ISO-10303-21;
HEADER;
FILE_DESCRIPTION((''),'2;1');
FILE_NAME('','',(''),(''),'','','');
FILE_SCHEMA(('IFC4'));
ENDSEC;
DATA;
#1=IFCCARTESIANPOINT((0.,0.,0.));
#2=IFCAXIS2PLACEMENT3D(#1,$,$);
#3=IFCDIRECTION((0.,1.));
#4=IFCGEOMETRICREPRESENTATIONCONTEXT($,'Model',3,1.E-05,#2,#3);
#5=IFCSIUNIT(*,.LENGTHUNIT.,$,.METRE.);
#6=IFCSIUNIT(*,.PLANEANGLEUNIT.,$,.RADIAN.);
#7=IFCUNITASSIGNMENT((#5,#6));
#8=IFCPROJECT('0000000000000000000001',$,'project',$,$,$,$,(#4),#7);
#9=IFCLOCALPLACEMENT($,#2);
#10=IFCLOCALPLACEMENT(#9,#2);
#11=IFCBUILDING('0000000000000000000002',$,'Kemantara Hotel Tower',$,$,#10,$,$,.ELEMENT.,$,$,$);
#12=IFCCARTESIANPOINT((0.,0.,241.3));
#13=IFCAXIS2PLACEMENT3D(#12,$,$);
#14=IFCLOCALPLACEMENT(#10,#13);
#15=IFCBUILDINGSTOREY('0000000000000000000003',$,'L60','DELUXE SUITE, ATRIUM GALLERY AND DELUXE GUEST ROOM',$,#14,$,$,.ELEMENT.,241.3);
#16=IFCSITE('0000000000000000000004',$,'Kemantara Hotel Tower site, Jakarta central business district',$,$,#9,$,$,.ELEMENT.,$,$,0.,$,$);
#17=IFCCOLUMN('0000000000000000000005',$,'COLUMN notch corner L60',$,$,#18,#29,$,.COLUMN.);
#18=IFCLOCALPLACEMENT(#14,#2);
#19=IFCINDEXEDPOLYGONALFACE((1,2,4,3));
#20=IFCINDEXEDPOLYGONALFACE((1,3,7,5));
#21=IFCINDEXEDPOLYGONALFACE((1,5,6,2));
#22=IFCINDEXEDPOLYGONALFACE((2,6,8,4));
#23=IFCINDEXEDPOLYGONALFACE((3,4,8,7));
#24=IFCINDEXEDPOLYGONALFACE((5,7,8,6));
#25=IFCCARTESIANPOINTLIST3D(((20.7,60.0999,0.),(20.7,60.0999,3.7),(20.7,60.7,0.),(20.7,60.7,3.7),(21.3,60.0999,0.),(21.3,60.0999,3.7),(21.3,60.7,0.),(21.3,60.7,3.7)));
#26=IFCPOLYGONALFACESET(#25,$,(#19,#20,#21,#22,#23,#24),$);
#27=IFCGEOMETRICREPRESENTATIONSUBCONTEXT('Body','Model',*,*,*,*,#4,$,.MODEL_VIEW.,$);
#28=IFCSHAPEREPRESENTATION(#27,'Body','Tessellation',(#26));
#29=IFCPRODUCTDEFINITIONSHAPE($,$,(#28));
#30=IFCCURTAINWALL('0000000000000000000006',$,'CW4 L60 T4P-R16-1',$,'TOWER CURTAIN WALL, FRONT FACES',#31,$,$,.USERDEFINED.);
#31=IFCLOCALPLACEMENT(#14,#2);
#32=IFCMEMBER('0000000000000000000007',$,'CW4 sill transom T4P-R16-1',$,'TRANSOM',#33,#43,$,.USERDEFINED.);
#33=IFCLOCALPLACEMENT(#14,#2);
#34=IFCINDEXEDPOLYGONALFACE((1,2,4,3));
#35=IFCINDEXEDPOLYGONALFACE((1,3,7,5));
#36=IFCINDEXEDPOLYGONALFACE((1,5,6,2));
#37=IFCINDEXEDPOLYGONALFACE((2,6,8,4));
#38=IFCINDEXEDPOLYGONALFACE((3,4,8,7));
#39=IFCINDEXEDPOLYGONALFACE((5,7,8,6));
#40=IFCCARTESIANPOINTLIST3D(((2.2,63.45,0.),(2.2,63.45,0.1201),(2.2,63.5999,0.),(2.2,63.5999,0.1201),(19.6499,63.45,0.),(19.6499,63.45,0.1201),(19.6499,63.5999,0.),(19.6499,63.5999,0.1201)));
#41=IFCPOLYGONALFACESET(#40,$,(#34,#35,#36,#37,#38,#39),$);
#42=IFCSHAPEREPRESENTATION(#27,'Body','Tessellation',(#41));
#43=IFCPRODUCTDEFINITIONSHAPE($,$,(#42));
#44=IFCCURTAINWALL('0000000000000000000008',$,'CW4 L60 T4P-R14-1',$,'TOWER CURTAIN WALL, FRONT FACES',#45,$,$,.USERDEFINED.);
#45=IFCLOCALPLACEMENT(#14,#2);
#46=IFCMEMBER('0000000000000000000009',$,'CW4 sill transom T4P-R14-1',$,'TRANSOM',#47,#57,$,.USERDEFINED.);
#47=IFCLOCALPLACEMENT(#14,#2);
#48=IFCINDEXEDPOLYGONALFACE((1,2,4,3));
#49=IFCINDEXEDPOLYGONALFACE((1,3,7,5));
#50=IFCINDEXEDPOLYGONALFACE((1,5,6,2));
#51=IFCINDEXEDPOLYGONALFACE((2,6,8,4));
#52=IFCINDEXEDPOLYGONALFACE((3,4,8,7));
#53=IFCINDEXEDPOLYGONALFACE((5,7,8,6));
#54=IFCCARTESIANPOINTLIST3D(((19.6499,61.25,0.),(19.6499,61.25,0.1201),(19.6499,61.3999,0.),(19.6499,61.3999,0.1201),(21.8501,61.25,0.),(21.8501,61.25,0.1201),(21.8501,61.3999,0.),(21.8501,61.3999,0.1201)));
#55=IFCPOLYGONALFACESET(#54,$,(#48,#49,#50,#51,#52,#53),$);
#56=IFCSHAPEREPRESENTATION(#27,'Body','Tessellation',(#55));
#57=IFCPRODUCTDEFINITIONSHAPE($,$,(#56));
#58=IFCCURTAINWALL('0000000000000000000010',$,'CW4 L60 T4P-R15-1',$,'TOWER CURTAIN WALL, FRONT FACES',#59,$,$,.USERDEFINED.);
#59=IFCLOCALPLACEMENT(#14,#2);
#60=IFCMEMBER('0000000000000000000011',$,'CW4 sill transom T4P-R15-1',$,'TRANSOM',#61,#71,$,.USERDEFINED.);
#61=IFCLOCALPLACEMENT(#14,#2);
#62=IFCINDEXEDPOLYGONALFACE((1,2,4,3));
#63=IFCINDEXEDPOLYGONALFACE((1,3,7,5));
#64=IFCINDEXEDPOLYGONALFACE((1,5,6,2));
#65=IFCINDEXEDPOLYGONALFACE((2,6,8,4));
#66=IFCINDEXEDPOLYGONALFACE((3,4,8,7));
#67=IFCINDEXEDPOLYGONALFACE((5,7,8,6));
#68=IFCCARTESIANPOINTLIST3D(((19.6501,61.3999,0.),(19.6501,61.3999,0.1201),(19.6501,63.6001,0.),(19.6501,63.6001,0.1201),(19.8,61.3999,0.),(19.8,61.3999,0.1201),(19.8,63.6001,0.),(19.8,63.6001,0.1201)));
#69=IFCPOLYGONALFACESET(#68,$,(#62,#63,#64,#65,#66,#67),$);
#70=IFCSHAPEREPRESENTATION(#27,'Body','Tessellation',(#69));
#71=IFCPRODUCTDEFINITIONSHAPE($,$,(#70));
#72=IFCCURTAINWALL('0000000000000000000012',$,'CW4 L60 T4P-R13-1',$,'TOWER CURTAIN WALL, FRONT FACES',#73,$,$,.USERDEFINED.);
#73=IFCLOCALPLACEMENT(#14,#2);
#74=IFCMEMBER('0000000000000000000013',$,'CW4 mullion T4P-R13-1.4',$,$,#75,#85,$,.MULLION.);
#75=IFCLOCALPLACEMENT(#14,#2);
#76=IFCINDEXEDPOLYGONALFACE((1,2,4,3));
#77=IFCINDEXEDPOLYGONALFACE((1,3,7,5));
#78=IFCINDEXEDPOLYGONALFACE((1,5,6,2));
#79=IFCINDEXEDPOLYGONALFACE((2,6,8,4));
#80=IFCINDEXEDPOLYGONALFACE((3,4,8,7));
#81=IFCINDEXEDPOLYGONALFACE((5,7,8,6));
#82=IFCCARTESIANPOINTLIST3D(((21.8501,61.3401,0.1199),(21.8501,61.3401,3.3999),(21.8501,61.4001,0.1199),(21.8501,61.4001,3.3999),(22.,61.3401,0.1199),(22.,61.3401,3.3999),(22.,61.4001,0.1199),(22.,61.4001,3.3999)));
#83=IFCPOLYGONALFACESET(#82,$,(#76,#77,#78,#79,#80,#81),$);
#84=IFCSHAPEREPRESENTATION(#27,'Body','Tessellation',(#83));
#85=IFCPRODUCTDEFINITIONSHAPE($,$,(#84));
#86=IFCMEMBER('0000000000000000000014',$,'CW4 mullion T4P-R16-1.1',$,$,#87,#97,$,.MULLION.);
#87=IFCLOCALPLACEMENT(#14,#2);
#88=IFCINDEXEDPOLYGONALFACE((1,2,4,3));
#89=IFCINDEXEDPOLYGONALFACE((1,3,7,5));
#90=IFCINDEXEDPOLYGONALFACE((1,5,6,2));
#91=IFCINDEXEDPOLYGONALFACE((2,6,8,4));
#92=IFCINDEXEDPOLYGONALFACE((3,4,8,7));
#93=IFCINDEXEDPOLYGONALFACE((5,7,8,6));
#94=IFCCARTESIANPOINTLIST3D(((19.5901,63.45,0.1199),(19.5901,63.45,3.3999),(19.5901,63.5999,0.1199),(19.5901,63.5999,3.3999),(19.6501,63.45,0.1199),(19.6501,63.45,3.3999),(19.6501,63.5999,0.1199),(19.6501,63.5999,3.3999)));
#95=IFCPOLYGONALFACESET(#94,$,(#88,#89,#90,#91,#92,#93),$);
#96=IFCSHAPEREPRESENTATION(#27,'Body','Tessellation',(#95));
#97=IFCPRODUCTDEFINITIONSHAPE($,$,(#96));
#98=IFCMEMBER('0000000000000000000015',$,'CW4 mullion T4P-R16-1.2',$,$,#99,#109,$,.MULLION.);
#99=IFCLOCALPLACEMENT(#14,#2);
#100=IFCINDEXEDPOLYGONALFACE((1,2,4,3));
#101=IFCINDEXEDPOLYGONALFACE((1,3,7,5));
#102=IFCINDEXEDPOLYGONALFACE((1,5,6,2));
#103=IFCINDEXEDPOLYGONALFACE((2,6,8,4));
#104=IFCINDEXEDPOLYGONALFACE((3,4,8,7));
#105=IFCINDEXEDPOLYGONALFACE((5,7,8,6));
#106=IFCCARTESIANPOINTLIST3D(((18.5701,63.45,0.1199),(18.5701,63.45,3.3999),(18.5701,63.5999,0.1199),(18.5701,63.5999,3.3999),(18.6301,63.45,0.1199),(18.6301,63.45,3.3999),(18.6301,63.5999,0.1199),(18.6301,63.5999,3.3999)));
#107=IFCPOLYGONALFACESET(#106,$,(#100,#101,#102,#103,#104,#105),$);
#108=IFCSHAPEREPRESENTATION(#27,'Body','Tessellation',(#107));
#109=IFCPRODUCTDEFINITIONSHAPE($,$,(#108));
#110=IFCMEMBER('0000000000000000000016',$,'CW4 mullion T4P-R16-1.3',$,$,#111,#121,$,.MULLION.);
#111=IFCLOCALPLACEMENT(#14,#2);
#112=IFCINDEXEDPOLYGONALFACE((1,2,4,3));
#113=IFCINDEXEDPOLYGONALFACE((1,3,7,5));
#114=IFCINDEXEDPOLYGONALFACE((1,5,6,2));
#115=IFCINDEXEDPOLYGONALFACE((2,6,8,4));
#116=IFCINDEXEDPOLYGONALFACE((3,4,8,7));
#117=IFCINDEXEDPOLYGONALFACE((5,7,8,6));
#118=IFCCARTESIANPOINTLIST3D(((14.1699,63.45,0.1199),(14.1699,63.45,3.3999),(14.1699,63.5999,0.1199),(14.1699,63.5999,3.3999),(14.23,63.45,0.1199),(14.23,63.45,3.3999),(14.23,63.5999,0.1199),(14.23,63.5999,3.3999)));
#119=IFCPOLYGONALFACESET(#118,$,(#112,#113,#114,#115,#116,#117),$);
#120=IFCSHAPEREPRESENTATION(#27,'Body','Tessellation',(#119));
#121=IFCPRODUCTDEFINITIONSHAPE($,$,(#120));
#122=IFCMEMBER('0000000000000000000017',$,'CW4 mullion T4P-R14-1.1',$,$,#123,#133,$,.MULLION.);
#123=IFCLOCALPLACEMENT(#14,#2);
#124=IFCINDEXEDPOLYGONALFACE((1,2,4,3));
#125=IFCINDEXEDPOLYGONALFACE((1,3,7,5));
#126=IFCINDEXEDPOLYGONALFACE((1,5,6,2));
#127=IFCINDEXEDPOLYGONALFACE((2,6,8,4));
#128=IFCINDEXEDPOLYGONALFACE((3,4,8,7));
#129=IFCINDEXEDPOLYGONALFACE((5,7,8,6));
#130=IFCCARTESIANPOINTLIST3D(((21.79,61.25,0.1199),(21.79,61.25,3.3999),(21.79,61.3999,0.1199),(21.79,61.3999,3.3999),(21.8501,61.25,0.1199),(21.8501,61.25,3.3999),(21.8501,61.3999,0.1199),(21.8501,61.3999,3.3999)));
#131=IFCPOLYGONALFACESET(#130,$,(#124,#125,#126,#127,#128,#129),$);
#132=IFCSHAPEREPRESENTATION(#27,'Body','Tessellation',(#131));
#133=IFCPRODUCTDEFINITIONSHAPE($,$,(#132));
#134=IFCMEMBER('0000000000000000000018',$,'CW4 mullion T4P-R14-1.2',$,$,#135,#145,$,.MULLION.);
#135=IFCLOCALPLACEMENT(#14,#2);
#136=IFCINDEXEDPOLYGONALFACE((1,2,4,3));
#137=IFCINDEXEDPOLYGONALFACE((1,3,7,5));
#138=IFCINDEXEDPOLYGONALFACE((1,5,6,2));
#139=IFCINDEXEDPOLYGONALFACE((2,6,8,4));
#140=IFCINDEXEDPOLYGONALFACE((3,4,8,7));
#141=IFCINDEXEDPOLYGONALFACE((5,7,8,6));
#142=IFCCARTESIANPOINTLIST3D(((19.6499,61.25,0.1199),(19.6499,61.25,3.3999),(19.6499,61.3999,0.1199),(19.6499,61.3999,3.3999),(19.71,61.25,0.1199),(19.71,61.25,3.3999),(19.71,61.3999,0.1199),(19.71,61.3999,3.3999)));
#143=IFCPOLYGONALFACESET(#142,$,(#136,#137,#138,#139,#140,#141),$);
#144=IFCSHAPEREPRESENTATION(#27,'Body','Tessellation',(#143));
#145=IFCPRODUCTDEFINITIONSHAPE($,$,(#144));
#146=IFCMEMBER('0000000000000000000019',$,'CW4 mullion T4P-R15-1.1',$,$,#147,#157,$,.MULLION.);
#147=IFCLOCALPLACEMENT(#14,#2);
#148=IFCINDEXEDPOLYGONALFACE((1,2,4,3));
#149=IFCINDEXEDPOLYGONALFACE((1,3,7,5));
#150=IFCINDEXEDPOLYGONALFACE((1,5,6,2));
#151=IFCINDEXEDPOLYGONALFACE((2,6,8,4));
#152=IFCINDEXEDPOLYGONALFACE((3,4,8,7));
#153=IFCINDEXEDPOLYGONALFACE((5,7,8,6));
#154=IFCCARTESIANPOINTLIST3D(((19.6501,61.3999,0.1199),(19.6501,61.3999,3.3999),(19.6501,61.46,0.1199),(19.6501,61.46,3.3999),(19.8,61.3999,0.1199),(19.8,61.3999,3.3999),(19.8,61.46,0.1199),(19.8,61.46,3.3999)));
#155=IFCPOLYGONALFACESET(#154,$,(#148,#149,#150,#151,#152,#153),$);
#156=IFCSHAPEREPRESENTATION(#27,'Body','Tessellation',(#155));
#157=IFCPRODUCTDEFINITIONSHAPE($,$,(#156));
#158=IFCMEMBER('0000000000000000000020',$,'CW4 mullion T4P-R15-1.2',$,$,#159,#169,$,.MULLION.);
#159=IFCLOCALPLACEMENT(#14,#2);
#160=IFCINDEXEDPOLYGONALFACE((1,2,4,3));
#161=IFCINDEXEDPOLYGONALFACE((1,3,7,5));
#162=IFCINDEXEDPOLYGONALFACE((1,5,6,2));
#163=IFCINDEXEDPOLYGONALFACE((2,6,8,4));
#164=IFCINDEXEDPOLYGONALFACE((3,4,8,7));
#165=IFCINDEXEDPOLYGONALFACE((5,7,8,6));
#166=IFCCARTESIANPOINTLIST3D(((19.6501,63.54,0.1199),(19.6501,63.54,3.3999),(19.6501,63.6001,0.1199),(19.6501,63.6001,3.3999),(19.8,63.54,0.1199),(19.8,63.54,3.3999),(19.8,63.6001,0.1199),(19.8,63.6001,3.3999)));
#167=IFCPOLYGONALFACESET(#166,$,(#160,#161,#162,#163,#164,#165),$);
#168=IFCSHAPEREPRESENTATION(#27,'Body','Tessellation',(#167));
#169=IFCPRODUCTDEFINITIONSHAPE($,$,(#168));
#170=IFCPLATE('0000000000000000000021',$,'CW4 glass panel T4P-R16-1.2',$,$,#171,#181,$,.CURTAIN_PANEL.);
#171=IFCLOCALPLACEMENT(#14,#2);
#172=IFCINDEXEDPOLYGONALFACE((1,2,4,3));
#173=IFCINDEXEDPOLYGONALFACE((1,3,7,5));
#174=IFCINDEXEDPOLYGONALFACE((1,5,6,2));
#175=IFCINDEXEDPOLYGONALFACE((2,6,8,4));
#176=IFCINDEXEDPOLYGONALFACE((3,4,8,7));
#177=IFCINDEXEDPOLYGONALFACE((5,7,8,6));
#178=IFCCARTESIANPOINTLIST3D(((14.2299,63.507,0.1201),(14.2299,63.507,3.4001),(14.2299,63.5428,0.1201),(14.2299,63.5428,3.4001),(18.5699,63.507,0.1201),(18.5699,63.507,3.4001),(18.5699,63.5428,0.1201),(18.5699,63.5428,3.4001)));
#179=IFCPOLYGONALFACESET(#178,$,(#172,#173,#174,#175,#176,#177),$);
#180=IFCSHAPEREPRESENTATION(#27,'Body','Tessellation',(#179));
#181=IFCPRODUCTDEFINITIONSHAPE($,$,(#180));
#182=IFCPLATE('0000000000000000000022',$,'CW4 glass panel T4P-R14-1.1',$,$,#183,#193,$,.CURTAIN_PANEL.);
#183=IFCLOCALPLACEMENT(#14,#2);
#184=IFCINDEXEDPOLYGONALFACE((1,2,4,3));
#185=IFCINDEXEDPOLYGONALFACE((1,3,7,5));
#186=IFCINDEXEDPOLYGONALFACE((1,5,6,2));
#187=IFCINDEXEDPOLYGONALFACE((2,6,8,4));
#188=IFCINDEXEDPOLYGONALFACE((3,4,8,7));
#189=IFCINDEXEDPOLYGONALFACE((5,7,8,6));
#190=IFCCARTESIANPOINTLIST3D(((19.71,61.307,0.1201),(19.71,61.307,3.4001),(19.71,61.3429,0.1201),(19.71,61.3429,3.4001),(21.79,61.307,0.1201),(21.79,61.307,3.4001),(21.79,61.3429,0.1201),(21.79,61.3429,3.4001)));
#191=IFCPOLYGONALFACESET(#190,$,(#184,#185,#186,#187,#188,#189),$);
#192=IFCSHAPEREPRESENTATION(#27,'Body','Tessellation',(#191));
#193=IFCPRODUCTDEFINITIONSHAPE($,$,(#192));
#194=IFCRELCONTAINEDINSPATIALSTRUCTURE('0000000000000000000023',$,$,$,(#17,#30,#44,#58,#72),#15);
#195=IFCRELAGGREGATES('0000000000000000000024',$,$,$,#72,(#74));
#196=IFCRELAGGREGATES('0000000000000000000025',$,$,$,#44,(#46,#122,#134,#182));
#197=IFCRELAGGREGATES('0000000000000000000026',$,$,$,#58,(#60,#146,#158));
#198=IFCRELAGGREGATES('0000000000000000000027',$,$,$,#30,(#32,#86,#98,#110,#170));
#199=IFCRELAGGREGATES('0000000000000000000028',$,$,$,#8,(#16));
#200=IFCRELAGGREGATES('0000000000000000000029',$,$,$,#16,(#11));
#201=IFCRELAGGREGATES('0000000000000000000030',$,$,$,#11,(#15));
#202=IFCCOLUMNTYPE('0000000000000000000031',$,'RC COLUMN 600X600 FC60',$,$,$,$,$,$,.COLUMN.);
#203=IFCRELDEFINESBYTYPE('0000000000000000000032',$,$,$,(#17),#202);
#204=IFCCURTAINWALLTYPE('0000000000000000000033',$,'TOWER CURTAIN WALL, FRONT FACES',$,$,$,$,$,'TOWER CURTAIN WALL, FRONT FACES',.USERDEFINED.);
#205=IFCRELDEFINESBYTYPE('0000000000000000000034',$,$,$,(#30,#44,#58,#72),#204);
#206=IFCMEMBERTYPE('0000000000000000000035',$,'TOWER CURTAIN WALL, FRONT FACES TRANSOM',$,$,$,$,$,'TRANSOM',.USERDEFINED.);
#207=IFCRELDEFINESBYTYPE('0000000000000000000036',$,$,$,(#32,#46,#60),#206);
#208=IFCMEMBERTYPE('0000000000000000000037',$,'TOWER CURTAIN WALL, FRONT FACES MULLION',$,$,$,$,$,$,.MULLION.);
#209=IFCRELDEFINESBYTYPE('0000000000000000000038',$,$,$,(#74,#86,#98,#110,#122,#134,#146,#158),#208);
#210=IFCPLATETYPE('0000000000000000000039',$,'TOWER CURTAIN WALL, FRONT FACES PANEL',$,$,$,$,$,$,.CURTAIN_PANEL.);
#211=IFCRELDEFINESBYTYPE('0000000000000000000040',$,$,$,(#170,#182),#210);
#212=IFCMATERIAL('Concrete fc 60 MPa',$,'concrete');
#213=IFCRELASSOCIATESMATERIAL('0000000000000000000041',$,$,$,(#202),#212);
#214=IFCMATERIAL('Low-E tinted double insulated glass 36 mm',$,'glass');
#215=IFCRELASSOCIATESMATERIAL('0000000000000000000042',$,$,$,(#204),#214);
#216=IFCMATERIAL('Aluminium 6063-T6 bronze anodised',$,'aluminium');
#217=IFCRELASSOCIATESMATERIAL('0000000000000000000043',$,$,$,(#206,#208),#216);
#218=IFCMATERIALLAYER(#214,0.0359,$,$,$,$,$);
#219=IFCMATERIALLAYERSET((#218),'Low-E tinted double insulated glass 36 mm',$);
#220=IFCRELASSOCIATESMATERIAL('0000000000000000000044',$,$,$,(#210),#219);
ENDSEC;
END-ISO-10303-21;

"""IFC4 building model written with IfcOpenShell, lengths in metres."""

from ifc_helpers import new_model, si_unit, direction, frame, origin, origin_2d, place, context, subcontext, project, spatial, rectangle, extrude, source, transform, mapped, material, layer, layer_set, material_profile, profile_set, type_object, element, aggregate, save


model = new_model("IFC4")

# Units and contexts
model_context = context("Model", 3, precision=1e-05, world=origin(), true_north=direction((0.0, 1.0)))
body_context = subcontext(model_context, "Body", "Model", "MODEL_VIEW")
ifc_project = project(units=[si_unit("LENGTHUNIT", "METRE"), si_unit("PLANEANGLEUNIT", "RADIAN")], contexts=[model_context])

# Site, building, storey
site_placement = place(None, origin())
site = spatial("IfcSite", under=ifc_project, at=site_placement, Name="Kemantara Hotel Tower site, Jakarta central business district", CompositionType="ELEMENT", RefElevation=0.0)
building_placement = place(site_placement, origin())
building = spatial("IfcBuilding", under=site, at=building_placement, Name="Kemantara Hotel Tower", CompositionType="ELEMENT")
storey_placement = place(building_placement, frame((0.0, 0.0, 241.3)))
storey = spatial("IfcBuildingStorey", under=building, at=storey_placement, Name="L60", Description="DELUXE SUITE, ATRIUM GALLERY AND DELUXE GUEST ROOM", CompositionType="ELEMENT", Elevation=241.3)

# Column
ifc_material_1 = material(Name="Concrete fc 60 MPa", Category="concrete")
ifc_material_profile_1 = material_profile(ifc_material_1, rectangle(XDim=0.6001, YDim=0.6001, at=origin_2d()), Name="RC 600X600")
ifc_profile_set_1 = profile_set([ifc_material_profile_1], Name="Concrete fc 60 MPa")
column_type = type_object("IfcColumnType", Name="RC COLUMN 600X600 FC60", PredefinedType="COLUMN", material=ifc_profile_set_1)
column_placement = place(storey_placement, frame((21.0, 60.3999, 0.0), z_axis=(0.0, 0.0, 1.0), x_axis=(1.0, 0.0, 0.0)))
element("IfcColumn", 1, at=column_placement, inside=storey, type_object=column_type, Name="COLUMN notch corner L60", PredefinedType="COLUMN", context=body_context, shape_type="SweptSolid", body=[
    extrude(rectangle(XDim=0.6001, YDim=0.6001, at=origin_2d()), origin(), (0.0, 0.0, 1.0), 3.7),
])

# Curtain walls, members
ifc_material_2 = material(Name="Low-E tinted double insulated glass 36 mm", Category="glass")
curtain_wall_type = type_object("IfcCurtainWallType", Name="TOWER CURTAIN WALL, FRONT FACES", ElementType="TOWER CURTAIN WALL, FRONT FACES", PredefinedType="USERDEFINED", material=ifc_material_2)
curtain_wall_1_placement = place(storey_placement, origin())
curtain_wall_1 = element("IfcCurtainWall", 2, at=curtain_wall_1_placement, inside=storey, type_object=curtain_wall_type, Name="CW4 L60 T4P-R16-1", ObjectType="TOWER CURTAIN WALL, FRONT FACES", PredefinedType="USERDEFINED")
ifc_material_3 = material(Name="Aluminium 6063-T6 bronze anodised", Category="aluminium")
ifc_material_profile_2 = material_profile(ifc_material_3, rectangle(XDim=0.1499, YDim=0.1201, at=origin_2d()), Name="TOWER CURTAIN WALL, FRONT FACES TRANSOM")
ifc_profile_set_2 = profile_set([ifc_material_profile_2], Name="Aluminium 6063-T6 bronze anodised")
member_type_1 = type_object("IfcMemberType", Name="TOWER CURTAIN WALL, FRONT FACES TRANSOM", ElementType="TRANSOM", PredefinedType="USERDEFINED", material=ifc_profile_set_2)
member_1_placement = place(storey_placement, frame((19.6499, 63.5249, 0.0601), z_axis=(-1.0, 0.0, 0.0), x_axis=(0.0, -1.0, 0.0)))
member_1 = element("IfcMember", 3, at=member_1_placement, type_object=member_type_1, Name="CW4 sill transom T4P-R16-1", ObjectType="TRANSOM", PredefinedType="USERDEFINED", context=body_context, shape_type="SweptSolid", body=[
    extrude(rectangle(XDim=0.1499, YDim=0.1201, at=origin_2d()), origin(), (0.0, 0.0, 1.0), 17.45),
])
curtain_wall_2_placement = place(storey_placement, origin())
curtain_wall_2 = element("IfcCurtainWall", 4, at=curtain_wall_2_placement, inside=storey, type_object=curtain_wall_type, Name="CW4 L60 T4P-R14-1", ObjectType="TOWER CURTAIN WALL, FRONT FACES", PredefinedType="USERDEFINED")
member_2_placement = place(storey_placement, frame((21.8501, 61.325, 0.0601), z_axis=(-1.0, 0.0, 0.0), x_axis=(0.0, -1.0, 0.0)))
member_2 = element("IfcMember", 5, at=member_2_placement, type_object=member_type_1, Name="CW4 sill transom T4P-R14-1", ObjectType="TRANSOM", PredefinedType="USERDEFINED", context=body_context, shape_type="SweptSolid", body=[
    extrude(rectangle(XDim=0.1499, YDim=0.1201, at=origin_2d()), origin(), (0.0, 0.0, 1.0), 2.2002),
])
curtain_wall_3_placement = place(storey_placement, origin())
curtain_wall_3 = element("IfcCurtainWall", 6, at=curtain_wall_3_placement, inside=storey, type_object=curtain_wall_type, Name="CW4 L60 T4P-R15-1", ObjectType="TOWER CURTAIN WALL, FRONT FACES", PredefinedType="USERDEFINED")
member_3_placement = place(storey_placement, frame((19.7251, 61.3999, 0.0601), z_axis=(0.0, 1.0, 0.0), x_axis=(-1.0, 0.0, 0.0)))
member_3 = element("IfcMember", 7, at=member_3_placement, type_object=member_type_1, Name="CW4 sill transom T4P-R15-1", ObjectType="TRANSOM", PredefinedType="USERDEFINED", context=body_context, shape_type="SweptSolid", body=[
    extrude(rectangle(XDim=0.1499, YDim=0.1201, at=origin_2d()), origin(), (0.0, 0.0, 1.0), 2.2002),
])
curtain_wall_4_placement = place(storey_placement, origin())
curtain_wall_4 = element("IfcCurtainWall", 8, at=curtain_wall_4_placement, inside=storey, type_object=curtain_wall_type, Name="CW4 L60 T4P-R13-1", ObjectType="TOWER CURTAIN WALL, FRONT FACES", PredefinedType="USERDEFINED")
ifc_material_profile_3 = material_profile(ifc_material_3, rectangle(XDim=0.1499, YDim=0.0601, at=origin_2d()), Name="TOWER CURTAIN WALL, FRONT FACES MULLION")
ifc_profile_set_3 = profile_set([ifc_material_profile_3], Name="Aluminium 6063-T6 bronze anodised")
member_type_2 = type_object("IfcMemberType", Name="TOWER CURTAIN WALL, FRONT FACES MULLION", PredefinedType="MULLION", material=ifc_profile_set_3)
shared_shape_1 = source(origin(), body_context, "Body", "SweptSolid", [
    extrude(rectangle(XDim=0.1499, YDim=0.0601, at=origin_2d()), origin(), (0.0, 0.0, 1.0), 3.28),
])
member_4_placement = place(storey_placement, frame((21.925, 61.3701, 0.1199), z_axis=(0.0, 0.0, 1.0), x_axis=(-1.0, 0.0, 0.0)))
member_4 = element("IfcMember", 9, at=member_4_placement, type_object=member_type_2, Name="CW4 mullion T4P-R13-1.4", PredefinedType="MULLION", context=body_context, shape_type="MappedRepresentation", body=[
    mapped(shared_shape_1, transform((0.0, 0.0, 0.0))),
])
aggregate(curtain_wall_4, [member_4])

# Members
member_5_placement = place(storey_placement, frame((19.6201, 63.5249, 0.1199), z_axis=(0.0, 0.0, 1.0), x_axis=(0.0, -1.0, 0.0)))
member_5 = element("IfcMember", 10, at=member_5_placement, type_object=member_type_2, Name="CW4 mullion T4P-R16-1.1", PredefinedType="MULLION", context=body_context, shape_type="MappedRepresentation", body=[
    mapped(shared_shape_1, transform((0.0, 0.0, 0.0))),
])
member_6_placement = place(storey_placement, frame((18.6001, 63.5249, 0.1199), z_axis=(0.0, 0.0, 1.0), x_axis=(0.0, -1.0, 0.0)))
member_6 = element("IfcMember", 11, at=member_6_placement, type_object=member_type_2, Name="CW4 mullion T4P-R16-1.2", PredefinedType="MULLION", context=body_context, shape_type="MappedRepresentation", body=[
    mapped(shared_shape_1, transform((0.0, 0.0, 0.0))),
])
member_7_placement = place(storey_placement, frame((14.2, 63.5249, 0.1199), z_axis=(0.0, 0.0, 1.0), x_axis=(0.0, -1.0, 0.0)))
member_7 = element("IfcMember", 12, at=member_7_placement, type_object=member_type_2, Name="CW4 mullion T4P-R16-1.3", PredefinedType="MULLION", context=body_context, shape_type="MappedRepresentation", body=[
    mapped(shared_shape_1, transform((0.0, 0.0, 0.0))),
])
member_8_placement = place(storey_placement, frame((21.8201, 61.325, 0.1199), z_axis=(0.0, 0.0, 1.0), x_axis=(0.0, -1.0, 0.0)))
member_8 = element("IfcMember", 13, at=member_8_placement, type_object=member_type_2, Name="CW4 mullion T4P-R14-1.1", PredefinedType="MULLION", context=body_context, shape_type="MappedRepresentation", body=[
    mapped(shared_shape_1, transform((0.0, 0.0, 0.0))),
])
member_9_placement = place(storey_placement, frame((19.6799, 61.325, 0.1199), z_axis=(0.0, 0.0, 1.0), x_axis=(0.0, -1.0, 0.0)))
member_9 = element("IfcMember", 14, at=member_9_placement, type_object=member_type_2, Name="CW4 mullion T4P-R14-1.2", PredefinedType="MULLION", context=body_context, shape_type="MappedRepresentation", body=[
    mapped(shared_shape_1, transform((0.0, 0.0, 0.0))),
])
member_10_placement = place(storey_placement, frame((19.7251, 61.4299, 0.1199), z_axis=(0.0, 0.0, 1.0), x_axis=(-1.0, 0.0, 0.0)))
member_10 = element("IfcMember", 15, at=member_10_placement, type_object=member_type_2, Name="CW4 mullion T4P-R15-1.1", PredefinedType="MULLION", context=body_context, shape_type="MappedRepresentation", body=[
    mapped(shared_shape_1, transform((0.0, 0.0, 0.0))),
])
member_11_placement = place(storey_placement, frame((19.7251, 63.5701, 0.1199), z_axis=(0.0, 0.0, 1.0), x_axis=(-1.0, 0.0, 0.0)))
member_11 = element("IfcMember", 16, at=member_11_placement, type_object=member_type_2, Name="CW4 mullion T4P-R15-1.2", PredefinedType="MULLION", context=body_context, shape_type="MappedRepresentation", body=[
    mapped(shared_shape_1, transform((0.0, 0.0, 0.0))),
])

# Plates
ifc_layer_1 = layer(ifc_material_2, 0.0359)
ifc_layer_set_1 = layer_set([ifc_layer_1], Name="Low-E tinted double insulated glass 36 mm")
plate_type = type_object("IfcPlateType", Name="TOWER CURTAIN WALL, FRONT FACES PANEL", PredefinedType="CURTAIN_PANEL", material=ifc_layer_set_1)
shared_shape_2 = source(origin(), body_context, "Body", "SweptSolid", [
    extrude(rectangle(XDim=4.3401, YDim=0.0359, at=origin_2d()), origin(), (0.0, 0.0, 1.0), 3.28),
])
plate_1_placement = place(storey_placement, frame((16.3999, 63.5249, 0.1201), z_axis=(0.0, 0.0, 1.0), x_axis=(-1.0, 0.0, 0.0)))
plate_1 = element("IfcPlate", 17, at=plate_1_placement, type_object=plate_type, Name="CW4 glass panel T4P-R16-1.2", PredefinedType="CURTAIN_PANEL", context=body_context, shape_type="MappedRepresentation", body=[
    mapped(shared_shape_2, transform((0.0, 0.0, 0.0))),
])
shared_shape_3 = source(origin(), body_context, "Body", "SweptSolid", [
    extrude(rectangle(XDim=2.0801, YDim=0.0359, at=origin_2d()), origin(), (0.0, 0.0, 1.0), 3.28),
])
plate_2_placement = place(storey_placement, frame((20.75, 61.325, 0.1201), z_axis=(0.0, 0.0, 1.0), x_axis=(-1.0, 0.0, 0.0)))
plate_2 = element("IfcPlate", 18, at=plate_2_placement, type_object=plate_type, Name="CW4 glass panel T4P-R14-1.1", PredefinedType="CURTAIN_PANEL", context=body_context, shape_type="MappedRepresentation", body=[
    mapped(shared_shape_3, transform((0.0, 0.0, 0.0))),
])
aggregate(curtain_wall_2, [member_2, member_8, member_9, plate_2])
aggregate(curtain_wall_3, [member_3, member_10, member_11])
aggregate(curtain_wall_1, [member_1, member_5, member_6, member_7, plate_1])

save(model, "model.ifc")
